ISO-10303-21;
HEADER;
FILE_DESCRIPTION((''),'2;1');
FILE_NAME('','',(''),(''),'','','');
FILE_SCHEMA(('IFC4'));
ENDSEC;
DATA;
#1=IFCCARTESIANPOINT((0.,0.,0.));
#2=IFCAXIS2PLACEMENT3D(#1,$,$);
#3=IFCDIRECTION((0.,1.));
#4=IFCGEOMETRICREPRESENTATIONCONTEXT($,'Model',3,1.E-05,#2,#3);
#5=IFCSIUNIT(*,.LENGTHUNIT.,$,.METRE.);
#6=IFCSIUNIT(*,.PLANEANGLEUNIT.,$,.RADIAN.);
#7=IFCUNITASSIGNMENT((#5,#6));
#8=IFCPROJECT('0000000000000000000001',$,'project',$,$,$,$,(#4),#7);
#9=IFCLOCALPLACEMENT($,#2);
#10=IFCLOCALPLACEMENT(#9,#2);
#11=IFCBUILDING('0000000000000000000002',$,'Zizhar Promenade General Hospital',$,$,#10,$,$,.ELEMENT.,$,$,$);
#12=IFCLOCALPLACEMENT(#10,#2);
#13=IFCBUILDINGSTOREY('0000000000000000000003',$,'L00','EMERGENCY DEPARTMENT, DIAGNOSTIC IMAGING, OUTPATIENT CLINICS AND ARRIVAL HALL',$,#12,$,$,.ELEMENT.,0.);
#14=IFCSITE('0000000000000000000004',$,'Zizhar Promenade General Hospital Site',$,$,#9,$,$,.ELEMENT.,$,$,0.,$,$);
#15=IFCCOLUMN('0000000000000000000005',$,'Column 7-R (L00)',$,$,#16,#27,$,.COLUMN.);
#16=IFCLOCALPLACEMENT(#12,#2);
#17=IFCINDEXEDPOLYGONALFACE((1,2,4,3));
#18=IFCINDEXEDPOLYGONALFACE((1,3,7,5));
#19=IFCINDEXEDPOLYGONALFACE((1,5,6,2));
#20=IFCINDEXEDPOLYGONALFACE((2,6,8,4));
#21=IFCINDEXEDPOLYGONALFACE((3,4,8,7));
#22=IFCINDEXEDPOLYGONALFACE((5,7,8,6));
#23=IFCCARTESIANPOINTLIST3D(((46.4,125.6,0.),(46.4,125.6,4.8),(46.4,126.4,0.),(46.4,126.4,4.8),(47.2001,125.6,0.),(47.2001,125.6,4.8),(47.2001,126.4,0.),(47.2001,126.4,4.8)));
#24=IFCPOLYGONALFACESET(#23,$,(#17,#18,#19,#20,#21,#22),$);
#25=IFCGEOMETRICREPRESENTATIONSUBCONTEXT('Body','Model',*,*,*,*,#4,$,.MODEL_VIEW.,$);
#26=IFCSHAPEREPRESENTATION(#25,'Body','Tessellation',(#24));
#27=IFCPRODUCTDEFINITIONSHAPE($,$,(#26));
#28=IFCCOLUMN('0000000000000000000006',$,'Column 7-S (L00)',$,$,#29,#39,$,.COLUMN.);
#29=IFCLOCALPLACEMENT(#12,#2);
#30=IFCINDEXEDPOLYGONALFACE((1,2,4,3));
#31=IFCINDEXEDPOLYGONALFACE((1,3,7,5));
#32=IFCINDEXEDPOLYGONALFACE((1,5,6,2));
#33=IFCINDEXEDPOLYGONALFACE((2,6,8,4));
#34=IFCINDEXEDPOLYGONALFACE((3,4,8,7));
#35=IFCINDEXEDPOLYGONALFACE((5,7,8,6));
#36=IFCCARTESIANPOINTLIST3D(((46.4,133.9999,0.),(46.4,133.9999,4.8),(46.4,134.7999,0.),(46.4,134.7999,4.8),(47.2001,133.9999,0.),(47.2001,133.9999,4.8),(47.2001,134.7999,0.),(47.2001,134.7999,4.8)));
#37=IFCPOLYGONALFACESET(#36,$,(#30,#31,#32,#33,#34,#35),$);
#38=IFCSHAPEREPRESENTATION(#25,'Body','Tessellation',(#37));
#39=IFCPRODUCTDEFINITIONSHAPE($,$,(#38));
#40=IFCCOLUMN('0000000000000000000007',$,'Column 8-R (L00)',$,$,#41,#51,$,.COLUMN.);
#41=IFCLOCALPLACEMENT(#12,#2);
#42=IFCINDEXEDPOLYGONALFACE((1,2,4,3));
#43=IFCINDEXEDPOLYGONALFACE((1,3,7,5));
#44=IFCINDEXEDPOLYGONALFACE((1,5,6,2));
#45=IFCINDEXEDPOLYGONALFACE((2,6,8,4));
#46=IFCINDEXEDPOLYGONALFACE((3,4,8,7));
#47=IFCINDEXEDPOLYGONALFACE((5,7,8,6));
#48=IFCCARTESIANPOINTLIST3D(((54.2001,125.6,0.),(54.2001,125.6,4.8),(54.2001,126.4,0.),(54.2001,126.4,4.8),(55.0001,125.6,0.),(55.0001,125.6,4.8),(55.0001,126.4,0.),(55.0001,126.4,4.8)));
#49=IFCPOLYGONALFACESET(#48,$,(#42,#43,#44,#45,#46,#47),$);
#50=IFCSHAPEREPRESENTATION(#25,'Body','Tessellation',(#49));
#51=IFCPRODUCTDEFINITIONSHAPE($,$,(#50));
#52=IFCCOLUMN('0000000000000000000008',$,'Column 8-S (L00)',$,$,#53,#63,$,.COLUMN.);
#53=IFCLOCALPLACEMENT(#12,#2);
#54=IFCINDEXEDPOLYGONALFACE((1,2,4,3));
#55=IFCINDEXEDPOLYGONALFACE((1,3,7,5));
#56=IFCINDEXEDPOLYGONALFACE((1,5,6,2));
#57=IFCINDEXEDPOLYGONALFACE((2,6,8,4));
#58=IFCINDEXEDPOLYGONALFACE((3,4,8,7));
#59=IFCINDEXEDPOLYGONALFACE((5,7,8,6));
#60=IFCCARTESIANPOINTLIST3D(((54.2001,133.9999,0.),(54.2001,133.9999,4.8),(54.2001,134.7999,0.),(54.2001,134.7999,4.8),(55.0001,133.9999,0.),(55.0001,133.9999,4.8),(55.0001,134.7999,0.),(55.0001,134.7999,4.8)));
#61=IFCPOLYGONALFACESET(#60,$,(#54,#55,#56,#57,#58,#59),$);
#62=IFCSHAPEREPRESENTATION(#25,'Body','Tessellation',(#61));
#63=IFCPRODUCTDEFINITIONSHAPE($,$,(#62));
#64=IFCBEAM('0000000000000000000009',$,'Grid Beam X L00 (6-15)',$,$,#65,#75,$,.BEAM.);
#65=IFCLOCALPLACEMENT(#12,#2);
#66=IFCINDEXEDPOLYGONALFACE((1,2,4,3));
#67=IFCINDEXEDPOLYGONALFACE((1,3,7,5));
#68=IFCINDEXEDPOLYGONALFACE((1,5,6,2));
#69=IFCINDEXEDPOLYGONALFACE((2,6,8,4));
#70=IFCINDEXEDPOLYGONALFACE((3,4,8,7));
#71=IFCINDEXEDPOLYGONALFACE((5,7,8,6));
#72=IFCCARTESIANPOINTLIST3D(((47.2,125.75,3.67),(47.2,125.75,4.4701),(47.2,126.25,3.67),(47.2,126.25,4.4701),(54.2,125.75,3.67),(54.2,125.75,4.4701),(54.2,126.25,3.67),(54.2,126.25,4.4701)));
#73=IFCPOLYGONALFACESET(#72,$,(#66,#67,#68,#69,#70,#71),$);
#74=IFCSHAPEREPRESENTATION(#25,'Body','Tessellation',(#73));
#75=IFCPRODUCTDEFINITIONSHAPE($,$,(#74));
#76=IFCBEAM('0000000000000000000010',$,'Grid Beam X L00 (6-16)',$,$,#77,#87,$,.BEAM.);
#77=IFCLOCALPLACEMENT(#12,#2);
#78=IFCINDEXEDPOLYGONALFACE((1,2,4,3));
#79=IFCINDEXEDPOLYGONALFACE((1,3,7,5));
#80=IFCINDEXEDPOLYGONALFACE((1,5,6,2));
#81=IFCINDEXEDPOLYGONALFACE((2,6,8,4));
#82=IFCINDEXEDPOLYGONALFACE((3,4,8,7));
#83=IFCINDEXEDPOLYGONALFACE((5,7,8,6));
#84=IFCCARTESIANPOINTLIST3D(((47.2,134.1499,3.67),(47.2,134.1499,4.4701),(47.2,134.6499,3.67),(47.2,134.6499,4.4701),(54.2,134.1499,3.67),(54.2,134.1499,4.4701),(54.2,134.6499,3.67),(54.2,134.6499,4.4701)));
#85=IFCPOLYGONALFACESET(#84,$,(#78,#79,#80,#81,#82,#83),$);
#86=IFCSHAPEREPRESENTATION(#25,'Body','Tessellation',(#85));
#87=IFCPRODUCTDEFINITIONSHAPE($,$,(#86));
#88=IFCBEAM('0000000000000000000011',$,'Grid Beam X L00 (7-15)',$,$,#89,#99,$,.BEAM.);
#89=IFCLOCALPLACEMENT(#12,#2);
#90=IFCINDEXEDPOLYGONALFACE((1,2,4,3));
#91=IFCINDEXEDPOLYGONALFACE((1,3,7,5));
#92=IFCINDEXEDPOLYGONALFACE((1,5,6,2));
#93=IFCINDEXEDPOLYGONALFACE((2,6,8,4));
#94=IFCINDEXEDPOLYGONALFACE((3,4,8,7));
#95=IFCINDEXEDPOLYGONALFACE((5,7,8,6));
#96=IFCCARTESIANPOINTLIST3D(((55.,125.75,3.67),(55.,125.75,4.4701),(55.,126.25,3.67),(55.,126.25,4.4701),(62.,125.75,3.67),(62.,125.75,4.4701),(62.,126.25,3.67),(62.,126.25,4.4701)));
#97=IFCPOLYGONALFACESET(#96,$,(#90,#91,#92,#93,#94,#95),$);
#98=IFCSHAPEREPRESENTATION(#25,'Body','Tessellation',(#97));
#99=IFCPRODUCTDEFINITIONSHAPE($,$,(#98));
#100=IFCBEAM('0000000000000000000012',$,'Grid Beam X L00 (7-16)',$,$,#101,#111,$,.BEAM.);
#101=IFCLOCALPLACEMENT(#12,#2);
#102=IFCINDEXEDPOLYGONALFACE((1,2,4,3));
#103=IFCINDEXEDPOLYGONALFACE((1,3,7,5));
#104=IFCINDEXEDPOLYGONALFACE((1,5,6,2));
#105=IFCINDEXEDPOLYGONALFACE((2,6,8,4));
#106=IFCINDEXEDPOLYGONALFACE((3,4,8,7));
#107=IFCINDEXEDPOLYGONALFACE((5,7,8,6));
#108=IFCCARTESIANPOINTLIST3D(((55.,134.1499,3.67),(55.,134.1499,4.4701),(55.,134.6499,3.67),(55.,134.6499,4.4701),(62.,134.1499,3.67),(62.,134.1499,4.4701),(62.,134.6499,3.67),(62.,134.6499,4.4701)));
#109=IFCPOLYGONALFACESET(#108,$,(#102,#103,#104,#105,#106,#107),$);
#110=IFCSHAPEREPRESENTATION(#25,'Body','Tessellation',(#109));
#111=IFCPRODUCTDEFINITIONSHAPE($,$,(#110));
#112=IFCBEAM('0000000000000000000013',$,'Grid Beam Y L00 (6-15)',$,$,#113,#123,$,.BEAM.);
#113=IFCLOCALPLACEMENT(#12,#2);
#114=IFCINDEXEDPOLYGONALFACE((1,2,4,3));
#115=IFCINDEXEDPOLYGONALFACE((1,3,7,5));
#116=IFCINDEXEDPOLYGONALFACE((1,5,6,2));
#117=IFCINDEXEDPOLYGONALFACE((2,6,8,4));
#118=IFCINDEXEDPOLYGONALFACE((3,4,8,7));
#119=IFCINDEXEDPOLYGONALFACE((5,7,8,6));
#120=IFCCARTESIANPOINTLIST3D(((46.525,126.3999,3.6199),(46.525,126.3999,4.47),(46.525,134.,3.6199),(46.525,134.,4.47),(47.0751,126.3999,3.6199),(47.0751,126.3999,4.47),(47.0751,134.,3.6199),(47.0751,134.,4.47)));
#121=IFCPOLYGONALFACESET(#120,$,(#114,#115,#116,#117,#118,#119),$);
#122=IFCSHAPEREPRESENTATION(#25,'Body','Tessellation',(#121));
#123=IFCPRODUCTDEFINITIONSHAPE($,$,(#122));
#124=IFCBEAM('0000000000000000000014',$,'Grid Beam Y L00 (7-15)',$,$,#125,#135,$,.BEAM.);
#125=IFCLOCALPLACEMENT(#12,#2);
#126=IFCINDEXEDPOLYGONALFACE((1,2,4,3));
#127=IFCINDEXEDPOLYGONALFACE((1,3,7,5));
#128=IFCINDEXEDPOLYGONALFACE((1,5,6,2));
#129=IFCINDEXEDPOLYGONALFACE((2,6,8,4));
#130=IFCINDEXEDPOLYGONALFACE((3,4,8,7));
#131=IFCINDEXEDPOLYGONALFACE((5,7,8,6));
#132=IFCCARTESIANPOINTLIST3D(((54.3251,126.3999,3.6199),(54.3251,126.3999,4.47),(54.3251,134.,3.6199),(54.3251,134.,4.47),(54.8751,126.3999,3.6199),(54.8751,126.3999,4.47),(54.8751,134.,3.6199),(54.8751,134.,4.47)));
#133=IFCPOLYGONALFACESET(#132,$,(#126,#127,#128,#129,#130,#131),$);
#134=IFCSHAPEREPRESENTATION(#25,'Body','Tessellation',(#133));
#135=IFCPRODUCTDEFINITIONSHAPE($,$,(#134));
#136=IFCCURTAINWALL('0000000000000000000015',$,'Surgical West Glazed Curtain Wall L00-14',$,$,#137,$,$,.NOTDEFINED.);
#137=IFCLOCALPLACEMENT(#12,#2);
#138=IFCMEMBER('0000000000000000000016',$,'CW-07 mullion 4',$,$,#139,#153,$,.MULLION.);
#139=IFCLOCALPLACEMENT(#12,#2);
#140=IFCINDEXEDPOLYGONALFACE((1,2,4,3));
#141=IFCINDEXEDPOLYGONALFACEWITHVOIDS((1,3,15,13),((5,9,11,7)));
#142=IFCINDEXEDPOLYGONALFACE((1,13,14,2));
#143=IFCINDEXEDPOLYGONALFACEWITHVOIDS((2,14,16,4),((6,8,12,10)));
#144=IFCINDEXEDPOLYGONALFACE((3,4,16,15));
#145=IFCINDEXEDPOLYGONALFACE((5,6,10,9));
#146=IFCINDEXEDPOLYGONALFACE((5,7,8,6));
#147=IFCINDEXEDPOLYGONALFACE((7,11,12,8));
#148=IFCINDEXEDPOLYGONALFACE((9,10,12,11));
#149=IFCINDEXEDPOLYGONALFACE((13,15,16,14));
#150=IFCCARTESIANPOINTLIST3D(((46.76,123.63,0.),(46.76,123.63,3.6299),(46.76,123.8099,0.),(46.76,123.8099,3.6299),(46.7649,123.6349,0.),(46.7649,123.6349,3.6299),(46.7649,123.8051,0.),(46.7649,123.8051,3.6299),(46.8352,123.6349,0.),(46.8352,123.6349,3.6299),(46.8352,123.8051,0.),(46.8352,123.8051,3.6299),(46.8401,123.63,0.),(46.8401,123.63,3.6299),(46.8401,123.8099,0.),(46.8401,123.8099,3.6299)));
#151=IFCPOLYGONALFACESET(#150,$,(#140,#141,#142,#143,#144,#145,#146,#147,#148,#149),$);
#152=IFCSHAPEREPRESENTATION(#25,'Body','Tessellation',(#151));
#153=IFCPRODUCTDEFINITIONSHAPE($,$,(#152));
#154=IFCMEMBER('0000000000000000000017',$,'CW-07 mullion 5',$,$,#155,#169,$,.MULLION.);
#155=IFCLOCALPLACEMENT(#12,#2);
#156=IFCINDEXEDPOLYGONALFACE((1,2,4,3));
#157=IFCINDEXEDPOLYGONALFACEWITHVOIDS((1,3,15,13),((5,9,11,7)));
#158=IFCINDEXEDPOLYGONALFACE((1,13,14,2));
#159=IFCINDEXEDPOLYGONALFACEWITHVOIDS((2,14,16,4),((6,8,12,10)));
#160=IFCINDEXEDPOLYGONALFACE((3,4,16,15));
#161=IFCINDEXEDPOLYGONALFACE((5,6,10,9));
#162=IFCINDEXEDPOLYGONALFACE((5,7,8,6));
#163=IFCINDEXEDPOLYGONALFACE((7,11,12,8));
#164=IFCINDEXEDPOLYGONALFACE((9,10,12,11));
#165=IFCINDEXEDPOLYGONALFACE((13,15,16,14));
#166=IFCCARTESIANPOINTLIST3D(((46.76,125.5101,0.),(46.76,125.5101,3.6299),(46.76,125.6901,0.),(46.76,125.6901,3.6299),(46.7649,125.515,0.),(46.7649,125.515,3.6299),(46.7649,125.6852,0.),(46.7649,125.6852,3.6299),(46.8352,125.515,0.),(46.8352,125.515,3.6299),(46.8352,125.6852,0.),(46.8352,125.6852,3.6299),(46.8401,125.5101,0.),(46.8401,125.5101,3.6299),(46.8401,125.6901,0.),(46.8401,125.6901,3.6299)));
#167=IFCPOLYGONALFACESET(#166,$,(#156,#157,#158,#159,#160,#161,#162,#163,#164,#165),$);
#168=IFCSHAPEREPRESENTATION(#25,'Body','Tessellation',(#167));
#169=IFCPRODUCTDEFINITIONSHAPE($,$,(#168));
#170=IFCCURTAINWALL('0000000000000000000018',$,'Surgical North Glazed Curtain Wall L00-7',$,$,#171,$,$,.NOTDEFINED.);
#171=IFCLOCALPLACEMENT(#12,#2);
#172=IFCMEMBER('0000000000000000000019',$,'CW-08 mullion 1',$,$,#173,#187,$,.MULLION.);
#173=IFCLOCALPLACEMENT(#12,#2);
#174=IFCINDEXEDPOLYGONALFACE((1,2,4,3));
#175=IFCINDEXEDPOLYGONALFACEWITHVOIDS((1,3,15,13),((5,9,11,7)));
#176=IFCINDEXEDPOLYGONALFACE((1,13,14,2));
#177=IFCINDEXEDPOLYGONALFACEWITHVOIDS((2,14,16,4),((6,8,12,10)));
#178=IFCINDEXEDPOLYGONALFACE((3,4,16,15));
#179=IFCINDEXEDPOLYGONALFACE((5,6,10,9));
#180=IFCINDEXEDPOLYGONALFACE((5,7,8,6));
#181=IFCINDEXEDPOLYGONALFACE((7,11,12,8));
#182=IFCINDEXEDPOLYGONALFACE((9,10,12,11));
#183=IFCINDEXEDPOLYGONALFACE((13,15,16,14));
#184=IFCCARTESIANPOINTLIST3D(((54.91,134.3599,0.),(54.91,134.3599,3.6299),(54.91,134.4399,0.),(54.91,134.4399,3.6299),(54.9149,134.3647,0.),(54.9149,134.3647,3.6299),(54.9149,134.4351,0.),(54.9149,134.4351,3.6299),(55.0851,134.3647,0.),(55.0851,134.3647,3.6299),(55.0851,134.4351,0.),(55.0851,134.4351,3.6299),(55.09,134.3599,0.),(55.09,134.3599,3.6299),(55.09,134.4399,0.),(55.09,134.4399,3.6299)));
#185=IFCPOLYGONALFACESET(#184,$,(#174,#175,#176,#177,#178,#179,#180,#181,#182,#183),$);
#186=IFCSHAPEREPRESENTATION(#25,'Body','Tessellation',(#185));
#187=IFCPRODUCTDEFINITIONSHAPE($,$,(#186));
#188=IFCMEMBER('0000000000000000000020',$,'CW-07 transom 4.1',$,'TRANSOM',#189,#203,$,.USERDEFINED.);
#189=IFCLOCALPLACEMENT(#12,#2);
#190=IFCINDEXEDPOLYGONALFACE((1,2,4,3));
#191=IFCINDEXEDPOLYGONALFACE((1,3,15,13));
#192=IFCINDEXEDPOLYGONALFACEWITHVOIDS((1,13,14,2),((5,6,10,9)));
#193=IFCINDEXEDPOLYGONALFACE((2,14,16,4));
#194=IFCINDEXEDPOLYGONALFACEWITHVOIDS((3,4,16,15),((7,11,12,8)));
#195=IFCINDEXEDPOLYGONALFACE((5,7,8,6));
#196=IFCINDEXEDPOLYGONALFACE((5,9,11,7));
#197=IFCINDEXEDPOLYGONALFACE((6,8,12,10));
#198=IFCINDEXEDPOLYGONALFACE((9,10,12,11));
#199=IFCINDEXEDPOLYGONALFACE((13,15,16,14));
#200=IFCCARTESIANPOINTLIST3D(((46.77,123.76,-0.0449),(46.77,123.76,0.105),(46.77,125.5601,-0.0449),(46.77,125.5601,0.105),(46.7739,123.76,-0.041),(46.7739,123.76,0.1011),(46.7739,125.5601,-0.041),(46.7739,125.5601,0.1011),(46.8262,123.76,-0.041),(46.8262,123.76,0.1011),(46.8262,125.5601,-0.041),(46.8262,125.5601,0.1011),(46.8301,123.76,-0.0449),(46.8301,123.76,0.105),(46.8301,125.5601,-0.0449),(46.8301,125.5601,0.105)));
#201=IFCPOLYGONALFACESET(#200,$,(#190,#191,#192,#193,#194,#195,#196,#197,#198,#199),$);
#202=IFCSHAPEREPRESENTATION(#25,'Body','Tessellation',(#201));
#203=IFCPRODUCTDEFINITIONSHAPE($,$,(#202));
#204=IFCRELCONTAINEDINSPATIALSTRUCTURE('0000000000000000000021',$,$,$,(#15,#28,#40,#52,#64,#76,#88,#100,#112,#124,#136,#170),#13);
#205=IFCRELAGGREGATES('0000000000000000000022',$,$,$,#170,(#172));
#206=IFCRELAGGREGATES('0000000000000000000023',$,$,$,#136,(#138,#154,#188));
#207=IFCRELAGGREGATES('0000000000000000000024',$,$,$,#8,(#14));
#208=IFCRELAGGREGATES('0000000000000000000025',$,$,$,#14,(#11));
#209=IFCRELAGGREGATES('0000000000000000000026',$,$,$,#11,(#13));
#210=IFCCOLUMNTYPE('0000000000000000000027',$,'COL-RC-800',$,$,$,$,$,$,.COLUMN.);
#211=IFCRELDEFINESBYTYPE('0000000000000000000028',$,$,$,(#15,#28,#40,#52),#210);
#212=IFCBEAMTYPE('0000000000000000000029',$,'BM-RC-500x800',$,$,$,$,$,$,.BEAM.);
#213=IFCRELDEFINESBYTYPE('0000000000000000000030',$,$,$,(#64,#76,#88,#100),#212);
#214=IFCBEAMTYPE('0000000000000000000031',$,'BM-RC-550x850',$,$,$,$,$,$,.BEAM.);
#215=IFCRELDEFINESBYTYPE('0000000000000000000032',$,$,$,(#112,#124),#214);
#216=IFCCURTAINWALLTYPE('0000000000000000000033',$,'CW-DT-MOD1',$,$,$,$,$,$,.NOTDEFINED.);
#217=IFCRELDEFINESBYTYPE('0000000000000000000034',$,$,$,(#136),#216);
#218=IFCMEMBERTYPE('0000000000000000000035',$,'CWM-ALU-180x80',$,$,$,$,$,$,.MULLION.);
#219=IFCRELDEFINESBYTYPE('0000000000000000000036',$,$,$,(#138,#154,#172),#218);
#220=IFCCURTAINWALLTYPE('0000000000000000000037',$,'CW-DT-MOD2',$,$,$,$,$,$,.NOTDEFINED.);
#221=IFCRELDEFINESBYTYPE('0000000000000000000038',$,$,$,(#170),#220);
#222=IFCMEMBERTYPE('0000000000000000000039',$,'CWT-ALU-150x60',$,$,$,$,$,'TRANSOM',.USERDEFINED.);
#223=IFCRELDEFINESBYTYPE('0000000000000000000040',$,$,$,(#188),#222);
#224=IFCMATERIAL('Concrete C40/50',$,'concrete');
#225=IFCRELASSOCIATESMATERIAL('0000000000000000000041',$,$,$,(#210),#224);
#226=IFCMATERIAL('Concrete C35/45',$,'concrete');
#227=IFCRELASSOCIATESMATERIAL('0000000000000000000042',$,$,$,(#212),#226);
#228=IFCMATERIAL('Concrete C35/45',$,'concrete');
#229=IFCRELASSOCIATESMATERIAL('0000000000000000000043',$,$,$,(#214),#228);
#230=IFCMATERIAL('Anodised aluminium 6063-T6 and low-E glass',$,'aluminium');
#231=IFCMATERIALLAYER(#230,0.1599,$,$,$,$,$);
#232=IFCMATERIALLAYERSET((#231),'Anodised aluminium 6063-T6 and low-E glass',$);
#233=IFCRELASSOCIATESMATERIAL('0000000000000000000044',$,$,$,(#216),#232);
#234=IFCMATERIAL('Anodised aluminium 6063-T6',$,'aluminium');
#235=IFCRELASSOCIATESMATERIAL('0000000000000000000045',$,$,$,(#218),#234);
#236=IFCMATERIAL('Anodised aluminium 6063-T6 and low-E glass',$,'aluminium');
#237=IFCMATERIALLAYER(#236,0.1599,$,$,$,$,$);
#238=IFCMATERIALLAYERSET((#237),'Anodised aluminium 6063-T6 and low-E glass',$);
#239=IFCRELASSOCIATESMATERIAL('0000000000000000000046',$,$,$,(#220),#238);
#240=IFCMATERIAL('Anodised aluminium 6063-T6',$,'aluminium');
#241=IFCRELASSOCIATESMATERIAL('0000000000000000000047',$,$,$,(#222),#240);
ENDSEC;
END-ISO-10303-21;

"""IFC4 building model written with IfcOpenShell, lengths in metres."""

from ifc_helpers import new_model, si_unit, direction, frame, origin, origin_2d, place, context, subcontext, project, spatial, rectangle, hollow_rectangle, extrude, material, layer, layer_set, material_profile, profile_set, type_object, element, aggregate, save


model = new_model("IFC4")

# Units and contexts
model_context = context("Model", 3, precision=1e-05, world=origin(), true_north=direction((0.0, 1.0)))
body_context = subcontext(model_context, "Body", "Model", "MODEL_VIEW")
ifc_project = project(units=[si_unit("LENGTHUNIT", "METRE"), si_unit("PLANEANGLEUNIT", "RADIAN")], contexts=[model_context])

# Site, building, storey
site_placement = place(None, origin())
site = spatial("IfcSite", under=ifc_project, at=site_placement, Name="Zizhar Promenade General Hospital Site", CompositionType="ELEMENT", RefElevation=0.0)
building_placement = place(site_placement, origin())
building = spatial("IfcBuilding", under=site, at=building_placement, Name="Zizhar Promenade General Hospital", CompositionType="ELEMENT")
storey_placement = place(building_placement, origin())
storey = spatial("IfcBuildingStorey", under=building, at=storey_placement, Name="L00", Description="EMERGENCY DEPARTMENT, DIAGNOSTIC IMAGING, OUTPATIENT CLINICS AND ARRIVAL HALL", CompositionType="ELEMENT", Elevation=0.0)

# Columns
ifc_material_1 = material(Name="Concrete C40/50", Category="concrete")
ifc_material_profile_1 = material_profile(ifc_material_1, rectangle(XDim=0.8, YDim=0.8, at=origin_2d()))
ifc_profile_set_1 = profile_set([ifc_material_profile_1], Name="Concrete C40/50")
column_type = type_object("IfcColumnType", Name="COL-RC-800", PredefinedType="COLUMN", material=ifc_profile_set_1)
for number, where, z_axis, x_axis, name in (
    (1, (46.8, 126.0, 0.0), (0.0, 0.0, 1.0), (1.0, 0.0, 0.0), "Column 7-R (L00)"),
    (2, (46.8, 134.3999, 0.0), (0.0, 0.0, 1.0), (1.0, 0.0, 0.0), "Column 7-S (L00)"),
    (3, (54.6001, 126.0, 0.0), (0.0, 0.0, 1.0), (1.0, 0.0, 0.0), "Column 8-R (L00)"),
    (4, (54.6001, 134.3999, 0.0), (0.0, 0.0, 1.0), (1.0, 0.0, 0.0), "Column 8-S (L00)"),
):
    element("IfcColumn", number, at=place(storey_placement, frame(where, z_axis=z_axis, x_axis=x_axis)), inside=storey, type_object=column_type, Name=name, PredefinedType="COLUMN", context=body_context, shape_type="SweptSolid", body=[
        extrude(rectangle(XDim=0.8, YDim=0.8, at=origin_2d()), origin(), (0.0, 0.0, 1.0), 4.8),
    ])

# Beams
ifc_material_2 = material(Name="Concrete C35/45", Category="concrete")
ifc_material_profile_2 = material_profile(ifc_material_2, rectangle(XDim=0.5, YDim=0.8, at=origin_2d()))
ifc_profile_set_2 = profile_set([ifc_material_profile_2], Name="Concrete C35/45")
beam_type_1 = type_object("IfcBeamType", Name="BM-RC-500x800", PredefinedType="BEAM", material=ifc_profile_set_2)
for number, where, z_axis, x_axis, name in (
    (5, (47.2, 126.0, 4.0701), (1.0, 0.0, 0.0), (0.0, 1.0, 0.0), "Grid Beam X L00 (6-15)"),
    (6, (47.2, 134.3999, 4.0701), (1.0, 0.0, 0.0), (0.0, 1.0, 0.0), "Grid Beam X L00 (6-16)"),
    (7, (55.0, 126.0, 4.0701), (1.0, 0.0, 0.0), (0.0, 1.0, 0.0), "Grid Beam X L00 (7-15)"),
    (8, (55.0, 134.3999, 4.0701), (1.0, 0.0, 0.0), (0.0, 1.0, 0.0), "Grid Beam X L00 (7-16)"),
):
    element("IfcBeam", number, at=place(storey_placement, frame(where, z_axis=z_axis, x_axis=x_axis)), inside=storey, type_object=beam_type_1, Name=name, PredefinedType="BEAM", context=body_context, shape_type="SweptSolid", body=[
        extrude(rectangle(XDim=0.5, YDim=0.8, at=origin_2d()), origin(), (0.0, 0.0, 1.0), 7.0),
    ])
ifc_material_3 = material(Name="Concrete C35/45", Category="concrete")
ifc_material_profile_3 = material_profile(ifc_material_3, rectangle(XDim=0.55, YDim=0.8501, at=origin_2d()))
ifc_profile_set_3 = profile_set([ifc_material_profile_3], Name="Concrete C35/45")
beam_type_2 = type_object("IfcBeamType", Name="BM-RC-550x850", PredefinedType="BEAM", material=ifc_profile_set_3)
for number, where, z_axis, x_axis, name in (
    (9, (46.8, 126.3999, 4.0449), (0.0, 1.0, 0.0), (-1.0, 0.0, 0.0), "Grid Beam Y L00 (6-15)"),
    (10, (54.6001, 126.3999, 4.0449), (0.0, 1.0, 0.0), (-1.0, 0.0, 0.0), "Grid Beam Y L00 (7-15)"),
):
    element("IfcBeam", number, at=place(storey_placement, frame(where, z_axis=z_axis, x_axis=x_axis)), inside=storey, type_object=beam_type_2, Name=name, PredefinedType="BEAM", context=body_context, shape_type="SweptSolid", body=[
        extrude(rectangle(XDim=0.55, YDim=0.8501, at=origin_2d()), origin(), (0.0, 0.0, 1.0), 7.6001),
    ])

# Curtain wall, members
ifc_material_4 = material(Name="Anodised aluminium 6063-T6 and low-E glass", Category="aluminium")
ifc_layer_1 = layer(ifc_material_4, 0.1599)
ifc_layer_set_1 = layer_set([ifc_layer_1], Name="Anodised aluminium 6063-T6 and low-E glass")
curtain_wall_type_1 = type_object("IfcCurtainWallType", Name="CW-DT-MOD1", PredefinedType="NOTDEFINED", material=ifc_layer_set_1)
curtain_wall_1_placement = place(storey_placement, origin())
curtain_wall_1 = element("IfcCurtainWall", 11, at=curtain_wall_1_placement, inside=storey, type_object=curtain_wall_type_1, Name="Surgical West Glazed Curtain Wall L00-14", PredefinedType="NOTDEFINED")
ifc_material_5 = material(Name="Anodised aluminium 6063-T6", Category="aluminium")
ifc_material_profile_4 = material_profile(ifc_material_5, hollow_rectangle(XDim=0.0801, YDim=0.1799, WallThickness=0.0049, at=origin_2d()))
ifc_profile_set_4 = profile_set([ifc_material_profile_4], Name="Anodised aluminium 6063-T6")
member_type_1 = type_object("IfcMemberType", Name="CWM-ALU-180x80", PredefinedType="MULLION", material=ifc_profile_set_4)
member_1_placement = place(storey_placement, frame((46.8, 123.72, 0.0), z_axis=(0.0, 0.0, 1.0), x_axis=(-1.0, 0.0, 0.0)))
member_1 = element("IfcMember", 12, at=member_1_placement, type_object=member_type_1, Name="CW-07 mullion 4", PredefinedType="MULLION", context=body_context, shape_type="SweptSolid", body=[
    extrude(hollow_rectangle(XDim=0.0801, YDim=0.1799, WallThickness=0.0049, at=origin_2d()), origin(), (0.0, 0.0, 1.0), 3.6299),
])
member_2_placement = place(storey_placement, frame((46.8, 125.6001, 0.0), z_axis=(0.0, 0.0, 1.0), x_axis=(-1.0, 0.0, 0.0)))
member_2 = element("IfcMember", 13, at=member_2_placement, type_object=member_type_1, Name="CW-07 mullion 5", PredefinedType="MULLION", context=body_context, shape_type="SweptSolid", body=[
    extrude(hollow_rectangle(XDim=0.0801, YDim=0.1799, WallThickness=0.0049, at=origin_2d()), origin(), (0.0, 0.0, 1.0), 3.6299),
])

# Curtain wall, member
ifc_material_6 = material(Name="Anodised aluminium 6063-T6 and low-E glass", Category="aluminium")
ifc_layer_2 = layer(ifc_material_6, 0.1599)
ifc_layer_set_2 = layer_set([ifc_layer_2], Name="Anodised aluminium 6063-T6 and low-E glass")
curtain_wall_type_2 = type_object("IfcCurtainWallType", Name="CW-DT-MOD2", PredefinedType="NOTDEFINED", material=ifc_layer_set_2)
curtain_wall_2_placement = place(storey_placement, origin())
curtain_wall_2 = element("IfcCurtainWall", 14, at=curtain_wall_2_placement, inside=storey, type_object=curtain_wall_type_2, Name="Surgical North Glazed Curtain Wall L00-7", PredefinedType="NOTDEFINED")
member_3_placement = place(storey_placement, frame((55.0, 134.3999, 0.0), z_axis=(0.0, 0.0, 1.0), x_axis=(0.0, 1.0, 0.0)))
member_3 = element("IfcMember", 15, at=member_3_placement, type_object=member_type_1, Name="CW-08 mullion 1", PredefinedType="MULLION", context=body_context, shape_type="SweptSolid", body=[
    extrude(hollow_rectangle(XDim=0.0801, YDim=0.1799, WallThickness=0.0049, at=origin_2d()), origin(), (0.0, 0.0, 1.0), 3.6299),
])

# Member
ifc_material_7 = material(Name="Anodised aluminium 6063-T6", Category="aluminium")
ifc_material_profile_5 = material_profile(ifc_material_7, hollow_rectangle(XDim=0.0601, YDim=0.1499, WallThickness=0.0039, at=origin_2d()))
ifc_profile_set_5 = profile_set([ifc_material_profile_5], Name="Anodised aluminium 6063-T6")
member_type_2 = type_object("IfcMemberType", Name="CWT-ALU-150x60", ElementType="TRANSOM", PredefinedType="USERDEFINED", material=ifc_profile_set_5)
member_4_placement = place(storey_placement, frame((46.8, 123.76, 0.03), z_axis=(0.0, 1.0, 0.0), x_axis=(-1.0, 0.0, 0.0)))
member_4 = element("IfcMember", 16, at=member_4_placement, type_object=member_type_2, Name="CW-07 transom 4.1", ObjectType="TRANSOM", PredefinedType="USERDEFINED", context=body_context, shape_type="SweptSolid", body=[
    extrude(hollow_rectangle(XDim=0.0601, YDim=0.1499, WallThickness=0.0039, at=origin_2d()), origin(), (0.0, 0.0, 1.0), 1.8),
])
aggregate(curtain_wall_2, [member_3])

aggregate(curtain_wall_1, [member_1, member_2, member_4])

save(model, "model.ifc")
